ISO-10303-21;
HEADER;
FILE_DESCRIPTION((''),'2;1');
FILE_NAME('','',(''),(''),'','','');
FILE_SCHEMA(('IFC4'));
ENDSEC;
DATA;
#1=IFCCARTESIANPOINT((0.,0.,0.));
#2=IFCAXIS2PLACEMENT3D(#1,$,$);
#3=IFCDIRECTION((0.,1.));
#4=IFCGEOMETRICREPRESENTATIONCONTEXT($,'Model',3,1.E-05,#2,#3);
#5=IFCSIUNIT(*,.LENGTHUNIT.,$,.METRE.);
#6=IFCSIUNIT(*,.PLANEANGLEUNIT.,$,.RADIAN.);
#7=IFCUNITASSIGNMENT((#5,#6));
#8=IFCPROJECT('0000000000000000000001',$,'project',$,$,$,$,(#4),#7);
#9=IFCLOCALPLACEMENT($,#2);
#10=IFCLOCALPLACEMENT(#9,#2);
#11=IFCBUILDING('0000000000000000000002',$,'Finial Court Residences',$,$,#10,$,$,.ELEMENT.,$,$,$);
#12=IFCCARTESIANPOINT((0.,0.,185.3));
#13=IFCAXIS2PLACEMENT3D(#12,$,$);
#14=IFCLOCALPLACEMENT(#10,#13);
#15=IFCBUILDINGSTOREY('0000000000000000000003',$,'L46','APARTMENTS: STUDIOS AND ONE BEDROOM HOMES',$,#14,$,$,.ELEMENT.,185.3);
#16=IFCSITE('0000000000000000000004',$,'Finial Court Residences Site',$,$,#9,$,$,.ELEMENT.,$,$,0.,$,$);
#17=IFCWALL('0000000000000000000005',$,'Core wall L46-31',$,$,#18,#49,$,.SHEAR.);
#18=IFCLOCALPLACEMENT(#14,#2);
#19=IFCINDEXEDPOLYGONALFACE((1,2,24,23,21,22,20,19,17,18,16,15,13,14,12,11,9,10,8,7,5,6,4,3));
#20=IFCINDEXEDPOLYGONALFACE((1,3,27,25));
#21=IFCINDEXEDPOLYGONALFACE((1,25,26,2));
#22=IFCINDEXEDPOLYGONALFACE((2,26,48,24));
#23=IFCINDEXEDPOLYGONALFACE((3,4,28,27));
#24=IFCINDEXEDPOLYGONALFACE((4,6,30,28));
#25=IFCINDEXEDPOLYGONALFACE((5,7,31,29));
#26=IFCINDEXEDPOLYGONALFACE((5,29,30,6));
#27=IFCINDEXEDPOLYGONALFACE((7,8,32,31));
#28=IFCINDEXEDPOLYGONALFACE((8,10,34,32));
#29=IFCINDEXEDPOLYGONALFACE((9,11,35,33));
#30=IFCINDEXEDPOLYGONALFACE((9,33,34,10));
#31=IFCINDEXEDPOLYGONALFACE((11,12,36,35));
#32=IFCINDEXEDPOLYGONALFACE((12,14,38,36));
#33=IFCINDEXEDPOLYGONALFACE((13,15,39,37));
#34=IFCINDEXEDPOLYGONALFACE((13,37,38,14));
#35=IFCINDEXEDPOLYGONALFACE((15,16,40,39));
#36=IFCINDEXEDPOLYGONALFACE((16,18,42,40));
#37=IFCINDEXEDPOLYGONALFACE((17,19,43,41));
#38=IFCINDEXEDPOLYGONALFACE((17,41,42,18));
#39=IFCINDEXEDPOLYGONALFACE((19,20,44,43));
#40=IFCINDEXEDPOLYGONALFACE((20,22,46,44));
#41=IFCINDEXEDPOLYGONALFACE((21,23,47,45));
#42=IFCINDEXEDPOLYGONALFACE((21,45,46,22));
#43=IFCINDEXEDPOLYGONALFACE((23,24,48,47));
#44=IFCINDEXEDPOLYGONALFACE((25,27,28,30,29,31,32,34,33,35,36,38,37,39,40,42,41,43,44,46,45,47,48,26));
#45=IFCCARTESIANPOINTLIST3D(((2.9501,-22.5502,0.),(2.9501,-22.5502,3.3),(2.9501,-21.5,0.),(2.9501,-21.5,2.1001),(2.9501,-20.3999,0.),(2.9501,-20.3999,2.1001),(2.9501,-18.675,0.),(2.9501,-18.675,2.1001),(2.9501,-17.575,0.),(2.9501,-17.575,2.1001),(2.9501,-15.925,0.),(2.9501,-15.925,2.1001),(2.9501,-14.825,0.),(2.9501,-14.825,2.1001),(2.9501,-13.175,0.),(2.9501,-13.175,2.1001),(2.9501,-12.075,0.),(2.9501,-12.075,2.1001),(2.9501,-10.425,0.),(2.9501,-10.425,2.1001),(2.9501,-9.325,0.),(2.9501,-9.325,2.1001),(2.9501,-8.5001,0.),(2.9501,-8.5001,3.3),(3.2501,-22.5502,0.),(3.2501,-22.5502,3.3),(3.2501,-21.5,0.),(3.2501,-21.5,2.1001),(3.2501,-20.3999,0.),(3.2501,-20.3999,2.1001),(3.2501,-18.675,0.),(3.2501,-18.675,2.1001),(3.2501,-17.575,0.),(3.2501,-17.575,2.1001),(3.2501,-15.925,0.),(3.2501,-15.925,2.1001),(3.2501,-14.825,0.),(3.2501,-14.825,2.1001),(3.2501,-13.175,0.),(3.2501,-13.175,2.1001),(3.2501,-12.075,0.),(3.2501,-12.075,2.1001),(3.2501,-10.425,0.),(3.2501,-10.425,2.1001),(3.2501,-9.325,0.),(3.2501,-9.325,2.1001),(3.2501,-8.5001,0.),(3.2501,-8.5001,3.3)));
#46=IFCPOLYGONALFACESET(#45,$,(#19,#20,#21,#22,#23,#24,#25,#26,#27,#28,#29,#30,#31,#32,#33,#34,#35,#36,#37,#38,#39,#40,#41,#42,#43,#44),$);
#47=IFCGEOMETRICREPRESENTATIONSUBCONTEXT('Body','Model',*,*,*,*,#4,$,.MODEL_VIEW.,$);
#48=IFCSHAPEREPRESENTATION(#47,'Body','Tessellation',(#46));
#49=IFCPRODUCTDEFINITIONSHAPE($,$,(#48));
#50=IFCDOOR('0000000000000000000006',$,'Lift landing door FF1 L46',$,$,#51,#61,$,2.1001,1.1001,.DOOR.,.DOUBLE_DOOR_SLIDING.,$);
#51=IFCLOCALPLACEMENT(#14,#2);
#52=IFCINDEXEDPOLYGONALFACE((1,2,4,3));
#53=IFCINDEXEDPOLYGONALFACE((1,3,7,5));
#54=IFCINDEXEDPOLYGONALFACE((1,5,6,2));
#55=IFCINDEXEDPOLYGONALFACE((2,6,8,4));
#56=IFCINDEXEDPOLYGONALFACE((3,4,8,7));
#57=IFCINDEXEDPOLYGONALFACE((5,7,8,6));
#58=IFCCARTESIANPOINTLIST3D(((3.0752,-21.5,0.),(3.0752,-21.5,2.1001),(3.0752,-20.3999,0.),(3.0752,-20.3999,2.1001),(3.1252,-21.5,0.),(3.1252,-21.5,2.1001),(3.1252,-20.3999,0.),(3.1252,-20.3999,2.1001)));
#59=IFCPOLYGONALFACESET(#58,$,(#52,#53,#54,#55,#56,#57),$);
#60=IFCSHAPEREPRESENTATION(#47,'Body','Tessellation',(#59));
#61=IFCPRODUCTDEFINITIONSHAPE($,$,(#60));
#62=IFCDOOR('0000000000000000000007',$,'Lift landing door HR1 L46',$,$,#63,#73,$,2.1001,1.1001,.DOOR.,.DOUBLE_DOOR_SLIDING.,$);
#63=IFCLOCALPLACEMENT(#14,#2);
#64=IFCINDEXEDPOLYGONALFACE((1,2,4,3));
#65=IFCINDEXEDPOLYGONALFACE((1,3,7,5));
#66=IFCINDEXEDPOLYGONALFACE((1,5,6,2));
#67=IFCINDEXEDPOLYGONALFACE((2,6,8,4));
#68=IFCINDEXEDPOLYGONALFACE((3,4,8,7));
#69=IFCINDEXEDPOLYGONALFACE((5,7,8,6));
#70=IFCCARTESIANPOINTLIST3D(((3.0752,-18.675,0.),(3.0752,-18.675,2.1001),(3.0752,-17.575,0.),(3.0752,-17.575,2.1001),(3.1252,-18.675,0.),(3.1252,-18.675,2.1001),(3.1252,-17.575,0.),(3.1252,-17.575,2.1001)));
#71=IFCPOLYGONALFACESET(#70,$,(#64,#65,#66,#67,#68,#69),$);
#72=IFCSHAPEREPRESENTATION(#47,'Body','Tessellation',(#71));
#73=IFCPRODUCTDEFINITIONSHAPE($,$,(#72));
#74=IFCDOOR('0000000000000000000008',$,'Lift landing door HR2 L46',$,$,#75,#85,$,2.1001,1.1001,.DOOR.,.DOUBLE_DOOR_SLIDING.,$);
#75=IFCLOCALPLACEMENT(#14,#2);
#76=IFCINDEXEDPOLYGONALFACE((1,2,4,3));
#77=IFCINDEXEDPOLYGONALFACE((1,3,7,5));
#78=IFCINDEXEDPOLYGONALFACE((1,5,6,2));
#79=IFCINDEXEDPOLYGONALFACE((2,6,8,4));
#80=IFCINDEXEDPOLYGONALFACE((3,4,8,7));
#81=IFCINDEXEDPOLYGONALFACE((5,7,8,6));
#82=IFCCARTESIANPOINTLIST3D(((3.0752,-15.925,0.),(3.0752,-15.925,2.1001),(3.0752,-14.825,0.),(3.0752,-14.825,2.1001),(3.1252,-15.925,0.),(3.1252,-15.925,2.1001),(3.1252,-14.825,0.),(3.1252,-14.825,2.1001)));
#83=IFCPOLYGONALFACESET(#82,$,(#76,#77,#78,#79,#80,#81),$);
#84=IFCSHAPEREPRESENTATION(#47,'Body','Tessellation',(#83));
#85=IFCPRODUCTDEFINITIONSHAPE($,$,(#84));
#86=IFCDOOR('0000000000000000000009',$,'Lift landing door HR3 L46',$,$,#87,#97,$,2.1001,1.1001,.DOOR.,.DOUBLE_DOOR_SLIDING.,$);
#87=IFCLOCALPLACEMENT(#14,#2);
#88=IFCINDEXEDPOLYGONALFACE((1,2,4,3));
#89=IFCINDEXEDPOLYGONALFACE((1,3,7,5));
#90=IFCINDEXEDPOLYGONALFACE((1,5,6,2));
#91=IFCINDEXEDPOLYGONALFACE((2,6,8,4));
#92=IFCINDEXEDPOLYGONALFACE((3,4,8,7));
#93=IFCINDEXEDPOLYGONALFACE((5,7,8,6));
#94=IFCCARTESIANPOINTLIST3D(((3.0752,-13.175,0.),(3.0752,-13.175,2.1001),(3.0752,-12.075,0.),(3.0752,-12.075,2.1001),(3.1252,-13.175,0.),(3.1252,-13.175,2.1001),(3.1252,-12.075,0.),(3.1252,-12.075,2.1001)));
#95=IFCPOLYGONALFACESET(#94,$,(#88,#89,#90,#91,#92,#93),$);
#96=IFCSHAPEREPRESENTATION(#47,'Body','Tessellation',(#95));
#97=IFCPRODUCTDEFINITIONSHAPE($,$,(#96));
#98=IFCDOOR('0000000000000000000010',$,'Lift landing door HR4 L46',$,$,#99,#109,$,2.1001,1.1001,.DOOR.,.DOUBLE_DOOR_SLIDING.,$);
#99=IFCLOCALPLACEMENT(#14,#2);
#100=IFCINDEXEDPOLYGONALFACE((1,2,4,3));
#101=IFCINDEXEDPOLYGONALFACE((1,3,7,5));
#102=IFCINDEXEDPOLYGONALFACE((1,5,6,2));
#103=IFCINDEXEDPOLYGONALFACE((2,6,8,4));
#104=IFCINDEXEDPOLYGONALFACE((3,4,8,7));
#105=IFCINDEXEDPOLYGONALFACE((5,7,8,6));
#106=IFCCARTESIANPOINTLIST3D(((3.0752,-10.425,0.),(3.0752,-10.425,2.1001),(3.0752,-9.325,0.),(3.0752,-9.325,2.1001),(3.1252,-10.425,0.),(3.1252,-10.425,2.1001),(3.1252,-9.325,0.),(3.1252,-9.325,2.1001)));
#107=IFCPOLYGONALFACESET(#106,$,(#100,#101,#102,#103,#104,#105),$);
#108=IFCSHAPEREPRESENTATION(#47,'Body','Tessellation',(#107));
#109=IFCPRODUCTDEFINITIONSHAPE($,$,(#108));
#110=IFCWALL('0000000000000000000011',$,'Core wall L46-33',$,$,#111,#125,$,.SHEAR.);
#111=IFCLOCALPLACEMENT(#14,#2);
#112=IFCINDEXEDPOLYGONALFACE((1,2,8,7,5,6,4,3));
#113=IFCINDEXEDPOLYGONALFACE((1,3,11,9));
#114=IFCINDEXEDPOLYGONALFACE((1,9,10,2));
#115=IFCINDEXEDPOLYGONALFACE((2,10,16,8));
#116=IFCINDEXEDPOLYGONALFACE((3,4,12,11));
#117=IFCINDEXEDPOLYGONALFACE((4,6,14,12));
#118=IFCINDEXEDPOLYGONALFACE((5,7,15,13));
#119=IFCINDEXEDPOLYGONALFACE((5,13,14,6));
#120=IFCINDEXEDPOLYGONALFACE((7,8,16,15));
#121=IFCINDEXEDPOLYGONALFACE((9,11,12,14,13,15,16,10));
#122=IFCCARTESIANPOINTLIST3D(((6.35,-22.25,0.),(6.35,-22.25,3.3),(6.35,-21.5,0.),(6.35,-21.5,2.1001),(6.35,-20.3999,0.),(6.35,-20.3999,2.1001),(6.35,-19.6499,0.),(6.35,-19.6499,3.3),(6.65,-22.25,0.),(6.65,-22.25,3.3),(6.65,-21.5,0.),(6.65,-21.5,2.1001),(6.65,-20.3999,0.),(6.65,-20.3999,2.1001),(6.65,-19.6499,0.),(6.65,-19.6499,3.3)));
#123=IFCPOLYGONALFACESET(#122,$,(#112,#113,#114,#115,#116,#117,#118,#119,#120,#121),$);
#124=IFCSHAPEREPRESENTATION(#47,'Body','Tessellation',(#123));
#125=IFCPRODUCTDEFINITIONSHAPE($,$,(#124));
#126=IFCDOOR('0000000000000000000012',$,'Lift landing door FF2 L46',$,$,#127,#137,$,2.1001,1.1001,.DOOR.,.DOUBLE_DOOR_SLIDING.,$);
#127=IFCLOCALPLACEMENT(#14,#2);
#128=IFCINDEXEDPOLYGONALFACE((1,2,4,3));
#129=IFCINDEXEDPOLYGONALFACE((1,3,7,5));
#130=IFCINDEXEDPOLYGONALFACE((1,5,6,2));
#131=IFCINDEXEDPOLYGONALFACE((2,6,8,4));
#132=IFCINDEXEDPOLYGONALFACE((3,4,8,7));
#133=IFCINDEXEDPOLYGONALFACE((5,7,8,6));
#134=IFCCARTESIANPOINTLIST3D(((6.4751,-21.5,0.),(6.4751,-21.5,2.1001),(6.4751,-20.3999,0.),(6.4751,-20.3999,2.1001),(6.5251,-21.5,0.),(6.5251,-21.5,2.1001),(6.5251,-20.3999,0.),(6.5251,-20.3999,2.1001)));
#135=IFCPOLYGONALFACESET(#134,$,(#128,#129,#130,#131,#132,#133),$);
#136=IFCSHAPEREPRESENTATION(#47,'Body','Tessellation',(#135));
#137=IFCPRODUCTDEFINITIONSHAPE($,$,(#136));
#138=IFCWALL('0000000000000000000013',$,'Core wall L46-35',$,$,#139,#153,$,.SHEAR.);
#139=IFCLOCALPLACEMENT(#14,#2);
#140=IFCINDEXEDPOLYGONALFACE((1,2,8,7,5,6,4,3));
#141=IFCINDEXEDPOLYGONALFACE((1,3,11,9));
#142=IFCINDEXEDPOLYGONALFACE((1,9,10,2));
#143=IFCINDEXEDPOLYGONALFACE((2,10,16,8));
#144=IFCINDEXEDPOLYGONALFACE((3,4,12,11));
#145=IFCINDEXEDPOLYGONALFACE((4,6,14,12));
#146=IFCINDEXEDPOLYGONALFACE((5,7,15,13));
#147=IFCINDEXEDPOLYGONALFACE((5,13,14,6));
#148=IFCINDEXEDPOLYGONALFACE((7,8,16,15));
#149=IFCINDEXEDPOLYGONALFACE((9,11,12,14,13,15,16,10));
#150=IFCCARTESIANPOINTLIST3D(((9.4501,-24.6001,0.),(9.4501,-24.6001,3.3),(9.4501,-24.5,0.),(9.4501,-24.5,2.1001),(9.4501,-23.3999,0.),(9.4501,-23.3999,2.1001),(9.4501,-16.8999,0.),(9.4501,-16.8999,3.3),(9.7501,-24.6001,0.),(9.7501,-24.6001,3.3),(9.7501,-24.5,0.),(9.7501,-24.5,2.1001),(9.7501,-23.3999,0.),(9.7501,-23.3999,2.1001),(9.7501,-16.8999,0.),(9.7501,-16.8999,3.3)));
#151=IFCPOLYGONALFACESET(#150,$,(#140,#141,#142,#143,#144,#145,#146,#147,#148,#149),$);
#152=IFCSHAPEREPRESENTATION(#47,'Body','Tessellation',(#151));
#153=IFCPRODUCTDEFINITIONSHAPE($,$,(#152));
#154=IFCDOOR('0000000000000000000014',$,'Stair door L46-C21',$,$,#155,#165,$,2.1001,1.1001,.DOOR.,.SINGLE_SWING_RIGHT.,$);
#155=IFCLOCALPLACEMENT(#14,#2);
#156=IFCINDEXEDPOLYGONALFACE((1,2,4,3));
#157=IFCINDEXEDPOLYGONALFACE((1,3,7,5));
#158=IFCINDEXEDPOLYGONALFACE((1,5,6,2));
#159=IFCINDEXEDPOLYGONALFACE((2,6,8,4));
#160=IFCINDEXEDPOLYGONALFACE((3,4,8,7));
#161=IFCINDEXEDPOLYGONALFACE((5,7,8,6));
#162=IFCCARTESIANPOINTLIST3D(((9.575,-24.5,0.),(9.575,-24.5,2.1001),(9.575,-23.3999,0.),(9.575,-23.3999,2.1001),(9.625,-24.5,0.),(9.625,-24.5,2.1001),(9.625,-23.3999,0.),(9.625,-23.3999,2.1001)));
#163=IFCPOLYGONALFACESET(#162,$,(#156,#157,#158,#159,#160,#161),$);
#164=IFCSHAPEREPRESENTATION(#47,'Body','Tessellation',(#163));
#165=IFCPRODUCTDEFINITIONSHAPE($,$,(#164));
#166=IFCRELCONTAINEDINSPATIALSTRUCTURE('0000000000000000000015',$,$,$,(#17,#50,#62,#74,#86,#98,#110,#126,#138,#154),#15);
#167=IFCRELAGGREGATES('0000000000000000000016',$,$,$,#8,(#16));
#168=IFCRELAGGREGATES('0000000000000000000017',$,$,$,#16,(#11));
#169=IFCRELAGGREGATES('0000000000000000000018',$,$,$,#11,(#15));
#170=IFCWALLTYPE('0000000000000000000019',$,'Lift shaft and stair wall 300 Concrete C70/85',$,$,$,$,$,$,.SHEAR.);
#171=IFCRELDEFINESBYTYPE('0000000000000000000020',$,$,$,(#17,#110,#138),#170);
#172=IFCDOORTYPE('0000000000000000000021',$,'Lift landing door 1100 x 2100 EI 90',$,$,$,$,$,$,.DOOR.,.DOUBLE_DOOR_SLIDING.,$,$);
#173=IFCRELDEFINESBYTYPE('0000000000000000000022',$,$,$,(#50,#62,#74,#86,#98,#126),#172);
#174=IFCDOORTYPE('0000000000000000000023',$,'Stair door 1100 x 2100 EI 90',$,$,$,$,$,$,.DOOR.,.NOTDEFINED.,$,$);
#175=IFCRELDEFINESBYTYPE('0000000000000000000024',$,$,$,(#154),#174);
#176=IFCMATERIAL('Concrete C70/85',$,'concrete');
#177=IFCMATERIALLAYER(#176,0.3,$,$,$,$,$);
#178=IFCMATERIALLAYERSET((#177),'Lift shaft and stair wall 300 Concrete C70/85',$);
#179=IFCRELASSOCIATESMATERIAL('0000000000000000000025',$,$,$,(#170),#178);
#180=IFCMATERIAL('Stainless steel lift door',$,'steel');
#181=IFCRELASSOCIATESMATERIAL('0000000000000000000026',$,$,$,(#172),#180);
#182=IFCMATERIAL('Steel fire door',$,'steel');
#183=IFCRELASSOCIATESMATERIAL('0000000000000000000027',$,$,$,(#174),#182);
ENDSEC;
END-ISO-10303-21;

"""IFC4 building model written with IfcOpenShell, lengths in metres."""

from ifc_helpers import new_model, si_unit, direction, frame, frame_2d, origin, place, context, subcontext, project, spatial, rectangle, extrude, material, layer, layer_set, type_object, element, fill, save


model = new_model("IFC4")

# Units and contexts
model_context = context("Model", 3, precision=1e-05, world=origin(), true_north=direction((0.0, 1.0)))
body_context = subcontext(model_context, "Body", "Model", "MODEL_VIEW")
ifc_project = project(units=[si_unit("LENGTHUNIT", "METRE"), si_unit("PLANEANGLEUNIT", "RADIAN")], contexts=[model_context])

# Site, building, storey
site_placement = place(None, origin())
site = spatial("IfcSite", under=ifc_project, at=site_placement, Name="Finial Court Residences Site", CompositionType="ELEMENT", RefElevation=0.0)
building_placement = place(site_placement, origin())
building = spatial("IfcBuilding", under=site, at=building_placement, Name="Finial Court Residences", CompositionType="ELEMENT")
storey_placement = place(building_placement, frame((0.0, 0.0, 185.3)))
storey = spatial("IfcBuildingStorey", under=building, at=storey_placement, Name="L46", Description="APARTMENTS: STUDIOS AND ONE BEDROOM HOMES", CompositionType="ELEMENT", Elevation=185.3)

# Shared definitions
ifc_material_1 = material(Name="Steel fire door", Category="steel")

# Shared definitions
ifc_material_2 = material(Name="Concrete C70/85", Category="concrete")
ifc_layer_1 = layer(ifc_material_2, 0.3)
ifc_layer_set_1 = layer_set([ifc_layer_1], Name="Lift shaft and stair wall 300 Concrete C70/85")
wall_type_1 = type_object("IfcWallType", Name="Lift shaft and stair wall 300 Concrete C70/85", PredefinedType="SHEAR", material=ifc_layer_set_1)

# Wall, openings, doors
wall_1_placement = place(storey_placement, frame((3.1001, -22.55, 0.0), z_axis=(0.0, 0.0, 1.0), x_axis=(0.0, 1.0, 0.0)))
wall_1 = element("IfcWall", 1, at=wall_1_placement, inside=storey, type_object=wall_type_1, Name="Core wall L46-31", PredefinedType="SHEAR", context=body_context, shape_type="SweptSolid", body=[
    extrude(rectangle(XDim=14.05, YDim=0.3, at=frame_2d((7.0249, 0.0))), origin(), (0.0, 0.0, 1.0), 3.3),
])
opening_1_placement = place(wall_1_placement, frame((1.05, 0.0, 0.0)))
opening_1 = element("IfcOpeningElement", 2, at=opening_1_placement, cuts=wall_1, PredefinedType="OPENING", context=body_context, shape_type="SweptSolid", body=[
    extrude(rectangle(XDim=1.1001, YDim=2.1001, at=frame_2d((0.55, 1.05))), frame((0.0, 0.1599, 0.0), z_axis=(0.0, -1.0, 0.0), x_axis=(1.0, 0.0, 0.0)), (0.0, 0.0, 1.0), 0.3201),
])
opening_2_placement = place(wall_1_placement, frame((3.875, 0.0, 0.0)))
opening_2 = element("IfcOpeningElement", 3, at=opening_2_placement, cuts=wall_1, PredefinedType="OPENING", context=body_context, shape_type="SweptSolid", body=[
    extrude(rectangle(XDim=1.1001, YDim=2.1001, at=frame_2d((0.55, 1.05))), frame((0.0, 0.1599, 0.0), z_axis=(0.0, -1.0, 0.0), x_axis=(1.0, 0.0, 0.0)), (0.0, 0.0, 1.0), 0.3201),
])
opening_3_placement = place(wall_1_placement, frame((6.625, 0.0, 0.0)))
opening_3 = element("IfcOpeningElement", 4, at=opening_3_placement, cuts=wall_1, PredefinedType="OPENING", context=body_context, shape_type="SweptSolid", body=[
    extrude(rectangle(XDim=1.1001, YDim=2.1001, at=frame_2d((0.55, 1.05))), frame((0.0, 0.1599, 0.0), z_axis=(0.0, -1.0, 0.0), x_axis=(1.0, 0.0, 0.0)), (0.0, 0.0, 1.0), 0.3201),
])
opening_4_placement = place(wall_1_placement, frame((9.375, 0.0, 0.0)))
opening_4 = element("IfcOpeningElement", 5, at=opening_4_placement, cuts=wall_1, PredefinedType="OPENING", context=body_context, shape_type="SweptSolid", body=[
    extrude(rectangle(XDim=1.1001, YDim=2.1001, at=frame_2d((0.55, 1.05))), frame((0.0, 0.1599, 0.0), z_axis=(0.0, -1.0, 0.0), x_axis=(1.0, 0.0, 0.0)), (0.0, 0.0, 1.0), 0.3201),
])
opening_5_placement = place(wall_1_placement, frame((12.125, 0.0, 0.0)))
opening_5 = element("IfcOpeningElement", 6, at=opening_5_placement, cuts=wall_1, PredefinedType="OPENING", context=body_context, shape_type="SweptSolid", body=[
    extrude(rectangle(XDim=1.1001, YDim=2.1001, at=frame_2d((0.55, 1.05))), frame((0.0, 0.1599, 0.0), z_axis=(0.0, -1.0, 0.0), x_axis=(1.0, 0.0, 0.0)), (0.0, 0.0, 1.0), 0.3201),
])
ifc_material_3 = material(Name="Stainless steel lift door", Category="steel")
door_type_1 = type_object("IfcDoorType", Name="Lift landing door 1100 x 2100 EI 90", OperationType="DOUBLE_DOOR_SLIDING", PredefinedType="DOOR", material=ifc_material_3)
door_1_placement = place(opening_1_placement, origin())
door_1 = element("IfcDoor", 7, at=door_1_placement, inside=storey, type_object=door_type_1, Name="Lift landing door FF1 L46", OperationType="DOUBLE_DOOR_SLIDING", OverallHeight=2.1001, OverallWidth=1.1001, PredefinedType="DOOR", context=body_context, shape_type="SweptSolid", body=[
    extrude(rectangle(XDim=1.1001, YDim=2.1001, at=frame_2d((0.55, 1.05))), frame((0.0, 0.0249, 0.0), z_axis=(0.0, -1.0, 0.0), x_axis=(1.0, 0.0, 0.0)), (0.0, 0.0, 1.0), 0.05),
])
fill(opening_1, door_1)
door_2_placement = place(opening_2_placement, origin())
door_2 = element("IfcDoor", 8, at=door_2_placement, inside=storey, type_object=door_type_1, Name="Lift landing door HR1 L46", OperationType="DOUBLE_DOOR_SLIDING", OverallHeight=2.1001, OverallWidth=1.1001, PredefinedType="DOOR", context=body_context, shape_type="SweptSolid", body=[
    extrude(rectangle(XDim=1.1001, YDim=2.1001, at=frame_2d((0.55, 1.05))), frame((0.0, 0.0249, 0.0), z_axis=(0.0, -1.0, 0.0), x_axis=(1.0, 0.0, 0.0)), (0.0, 0.0, 1.0), 0.05),
])
fill(opening_2, door_2)
door_3_placement = place(opening_3_placement, origin())
door_3 = element("IfcDoor", 9, at=door_3_placement, inside=storey, type_object=door_type_1, Name="Lift landing door HR2 L46", OperationType="DOUBLE_DOOR_SLIDING", OverallHeight=2.1001, OverallWidth=1.1001, PredefinedType="DOOR", context=body_context, shape_type="SweptSolid", body=[
    extrude(rectangle(XDim=1.1001, YDim=2.1001, at=frame_2d((0.55, 1.05))), frame((0.0, 0.0249, 0.0), z_axis=(0.0, -1.0, 0.0), x_axis=(1.0, 0.0, 0.0)), (0.0, 0.0, 1.0), 0.05),
])
fill(opening_3, door_3)
door_4_placement = place(opening_4_placement, origin())
door_4 = element("IfcDoor", 10, at=door_4_placement, inside=storey, type_object=door_type_1, Name="Lift landing door HR3 L46", OperationType="DOUBLE_DOOR_SLIDING", OverallHeight=2.1001, OverallWidth=1.1001, PredefinedType="DOOR", context=body_context, shape_type="SweptSolid", body=[
    extrude(rectangle(XDim=1.1001, YDim=2.1001, at=frame_2d((0.55, 1.05))), frame((0.0, 0.0249, 0.0), z_axis=(0.0, -1.0, 0.0), x_axis=(1.0, 0.0, 0.0)), (0.0, 0.0, 1.0), 0.05),
])
fill(opening_4, door_4)
door_5_placement = place(opening_5_placement, origin())
door_5 = element("IfcDoor", 11, at=door_5_placement, inside=storey, type_object=door_type_1, Name="Lift landing door HR4 L46", OperationType="DOUBLE_DOOR_SLIDING", OverallHeight=2.1001, OverallWidth=1.1001, PredefinedType="DOOR", context=body_context, shape_type="SweptSolid", body=[
    extrude(rectangle(XDim=1.1001, YDim=2.1001, at=frame_2d((0.55, 1.05))), frame((0.0, 0.0249, 0.0), z_axis=(0.0, -1.0, 0.0), x_axis=(1.0, 0.0, 0.0)), (0.0, 0.0, 1.0), 0.05),
])
fill(opening_5, door_5)

# Walls, openings, doors
wall_2_placement = place(storey_placement, frame((6.5, -22.25, 0.0), z_axis=(0.0, 0.0, 1.0), x_axis=(0.0, 1.0, 0.0)))
wall_2 = element("IfcWall", 12, at=wall_2_placement, inside=storey, type_object=wall_type_1, Name="Core wall L46-33", PredefinedType="SHEAR", context=body_context, shape_type="SweptSolid", body=[
    extrude(rectangle(XDim=2.6001, YDim=0.3, at=frame_2d((1.3, 0.0))), origin(), (0.0, 0.0, 1.0), 3.3),
])
opening_6_placement = place(wall_2_placement, frame((0.75, 0.0, 0.0)))
opening_6 = element("IfcOpeningElement", 13, at=opening_6_placement, cuts=wall_2, PredefinedType="OPENING", context=body_context, shape_type="SweptSolid", body=[
    extrude(rectangle(XDim=1.1001, YDim=2.1001, at=frame_2d((0.55, 1.05))), frame((0.0, 0.1599, 0.0), z_axis=(0.0, -1.0, 0.0), x_axis=(1.0, 0.0, 0.0)), (0.0, 0.0, 1.0), 0.3201),
])
door_6_placement = place(opening_6_placement, origin())
door_6 = element("IfcDoor", 14, at=door_6_placement, inside=storey, type_object=door_type_1, Name="Lift landing door FF2 L46", OperationType="DOUBLE_DOOR_SLIDING", OverallHeight=2.1001, OverallWidth=1.1001, PredefinedType="DOOR", context=body_context, shape_type="SweptSolid", body=[
    extrude(rectangle(XDim=1.1001, YDim=2.1001, at=frame_2d((0.55, 1.05))), frame((0.0, 0.0249, 0.0), z_axis=(0.0, -1.0, 0.0), x_axis=(1.0, 0.0, 0.0)), (0.0, 0.0, 1.0), 0.05),
])
fill(opening_6, door_6)
wall_3_placement = place(storey_placement, frame((9.6001, -16.8999, 0.0), z_axis=(0.0, 0.0, 1.0), x_axis=(0.0, -1.0, 0.0)))
wall_3 = element("IfcWall", 15, at=wall_3_placement, inside=storey, type_object=wall_type_1, Name="Core wall L46-35", PredefinedType="SHEAR", context=body_context, shape_type="SweptSolid", body=[
    extrude(rectangle(XDim=7.7002, YDim=0.3, at=frame_2d((3.8501, 0.0))), origin(), (0.0, 0.0, 1.0), 3.3),
])
opening_7_placement = place(wall_3_placement, frame((6.5, 0.0, 0.0)))
opening_7 = element("IfcOpeningElement", 16, at=opening_7_placement, cuts=wall_3, PredefinedType="OPENING", context=body_context, shape_type="SweptSolid", body=[
    extrude(rectangle(XDim=1.1001, YDim=2.1001, at=frame_2d((0.55, 1.05))), frame((0.0, 0.1599, 0.0), z_axis=(0.0, -1.0, 0.0), x_axis=(1.0, 0.0, 0.0)), (0.0, 0.0, 1.0), 0.3201),
])
door_type_2 = type_object("IfcDoorType", Name="Stair door 1100 x 2100 EI 90", OperationType="NOTDEFINED", PredefinedType="DOOR", material=ifc_material_1)
door_7_placement = place(opening_7_placement, origin())
door_7 = element("IfcDoor", 17, at=door_7_placement, inside=storey, type_object=door_type_2, Name="Stair door L46-C21", OperationType="SINGLE_SWING_RIGHT", OverallHeight=2.1001, OverallWidth=1.1001, PredefinedType="DOOR", context=body_context, shape_type="SweptSolid", body=[
    extrude(rectangle(XDim=1.1001, YDim=2.1001, at=frame_2d((0.55, 1.05))), frame((0.0, 0.0249, 0.0), z_axis=(0.0, -1.0, 0.0), x_axis=(1.0, 0.0, 0.0)), (0.0, 0.0, 1.0), 0.05),
])
fill(opening_7, door_7)

save(model, "model.ifc")
